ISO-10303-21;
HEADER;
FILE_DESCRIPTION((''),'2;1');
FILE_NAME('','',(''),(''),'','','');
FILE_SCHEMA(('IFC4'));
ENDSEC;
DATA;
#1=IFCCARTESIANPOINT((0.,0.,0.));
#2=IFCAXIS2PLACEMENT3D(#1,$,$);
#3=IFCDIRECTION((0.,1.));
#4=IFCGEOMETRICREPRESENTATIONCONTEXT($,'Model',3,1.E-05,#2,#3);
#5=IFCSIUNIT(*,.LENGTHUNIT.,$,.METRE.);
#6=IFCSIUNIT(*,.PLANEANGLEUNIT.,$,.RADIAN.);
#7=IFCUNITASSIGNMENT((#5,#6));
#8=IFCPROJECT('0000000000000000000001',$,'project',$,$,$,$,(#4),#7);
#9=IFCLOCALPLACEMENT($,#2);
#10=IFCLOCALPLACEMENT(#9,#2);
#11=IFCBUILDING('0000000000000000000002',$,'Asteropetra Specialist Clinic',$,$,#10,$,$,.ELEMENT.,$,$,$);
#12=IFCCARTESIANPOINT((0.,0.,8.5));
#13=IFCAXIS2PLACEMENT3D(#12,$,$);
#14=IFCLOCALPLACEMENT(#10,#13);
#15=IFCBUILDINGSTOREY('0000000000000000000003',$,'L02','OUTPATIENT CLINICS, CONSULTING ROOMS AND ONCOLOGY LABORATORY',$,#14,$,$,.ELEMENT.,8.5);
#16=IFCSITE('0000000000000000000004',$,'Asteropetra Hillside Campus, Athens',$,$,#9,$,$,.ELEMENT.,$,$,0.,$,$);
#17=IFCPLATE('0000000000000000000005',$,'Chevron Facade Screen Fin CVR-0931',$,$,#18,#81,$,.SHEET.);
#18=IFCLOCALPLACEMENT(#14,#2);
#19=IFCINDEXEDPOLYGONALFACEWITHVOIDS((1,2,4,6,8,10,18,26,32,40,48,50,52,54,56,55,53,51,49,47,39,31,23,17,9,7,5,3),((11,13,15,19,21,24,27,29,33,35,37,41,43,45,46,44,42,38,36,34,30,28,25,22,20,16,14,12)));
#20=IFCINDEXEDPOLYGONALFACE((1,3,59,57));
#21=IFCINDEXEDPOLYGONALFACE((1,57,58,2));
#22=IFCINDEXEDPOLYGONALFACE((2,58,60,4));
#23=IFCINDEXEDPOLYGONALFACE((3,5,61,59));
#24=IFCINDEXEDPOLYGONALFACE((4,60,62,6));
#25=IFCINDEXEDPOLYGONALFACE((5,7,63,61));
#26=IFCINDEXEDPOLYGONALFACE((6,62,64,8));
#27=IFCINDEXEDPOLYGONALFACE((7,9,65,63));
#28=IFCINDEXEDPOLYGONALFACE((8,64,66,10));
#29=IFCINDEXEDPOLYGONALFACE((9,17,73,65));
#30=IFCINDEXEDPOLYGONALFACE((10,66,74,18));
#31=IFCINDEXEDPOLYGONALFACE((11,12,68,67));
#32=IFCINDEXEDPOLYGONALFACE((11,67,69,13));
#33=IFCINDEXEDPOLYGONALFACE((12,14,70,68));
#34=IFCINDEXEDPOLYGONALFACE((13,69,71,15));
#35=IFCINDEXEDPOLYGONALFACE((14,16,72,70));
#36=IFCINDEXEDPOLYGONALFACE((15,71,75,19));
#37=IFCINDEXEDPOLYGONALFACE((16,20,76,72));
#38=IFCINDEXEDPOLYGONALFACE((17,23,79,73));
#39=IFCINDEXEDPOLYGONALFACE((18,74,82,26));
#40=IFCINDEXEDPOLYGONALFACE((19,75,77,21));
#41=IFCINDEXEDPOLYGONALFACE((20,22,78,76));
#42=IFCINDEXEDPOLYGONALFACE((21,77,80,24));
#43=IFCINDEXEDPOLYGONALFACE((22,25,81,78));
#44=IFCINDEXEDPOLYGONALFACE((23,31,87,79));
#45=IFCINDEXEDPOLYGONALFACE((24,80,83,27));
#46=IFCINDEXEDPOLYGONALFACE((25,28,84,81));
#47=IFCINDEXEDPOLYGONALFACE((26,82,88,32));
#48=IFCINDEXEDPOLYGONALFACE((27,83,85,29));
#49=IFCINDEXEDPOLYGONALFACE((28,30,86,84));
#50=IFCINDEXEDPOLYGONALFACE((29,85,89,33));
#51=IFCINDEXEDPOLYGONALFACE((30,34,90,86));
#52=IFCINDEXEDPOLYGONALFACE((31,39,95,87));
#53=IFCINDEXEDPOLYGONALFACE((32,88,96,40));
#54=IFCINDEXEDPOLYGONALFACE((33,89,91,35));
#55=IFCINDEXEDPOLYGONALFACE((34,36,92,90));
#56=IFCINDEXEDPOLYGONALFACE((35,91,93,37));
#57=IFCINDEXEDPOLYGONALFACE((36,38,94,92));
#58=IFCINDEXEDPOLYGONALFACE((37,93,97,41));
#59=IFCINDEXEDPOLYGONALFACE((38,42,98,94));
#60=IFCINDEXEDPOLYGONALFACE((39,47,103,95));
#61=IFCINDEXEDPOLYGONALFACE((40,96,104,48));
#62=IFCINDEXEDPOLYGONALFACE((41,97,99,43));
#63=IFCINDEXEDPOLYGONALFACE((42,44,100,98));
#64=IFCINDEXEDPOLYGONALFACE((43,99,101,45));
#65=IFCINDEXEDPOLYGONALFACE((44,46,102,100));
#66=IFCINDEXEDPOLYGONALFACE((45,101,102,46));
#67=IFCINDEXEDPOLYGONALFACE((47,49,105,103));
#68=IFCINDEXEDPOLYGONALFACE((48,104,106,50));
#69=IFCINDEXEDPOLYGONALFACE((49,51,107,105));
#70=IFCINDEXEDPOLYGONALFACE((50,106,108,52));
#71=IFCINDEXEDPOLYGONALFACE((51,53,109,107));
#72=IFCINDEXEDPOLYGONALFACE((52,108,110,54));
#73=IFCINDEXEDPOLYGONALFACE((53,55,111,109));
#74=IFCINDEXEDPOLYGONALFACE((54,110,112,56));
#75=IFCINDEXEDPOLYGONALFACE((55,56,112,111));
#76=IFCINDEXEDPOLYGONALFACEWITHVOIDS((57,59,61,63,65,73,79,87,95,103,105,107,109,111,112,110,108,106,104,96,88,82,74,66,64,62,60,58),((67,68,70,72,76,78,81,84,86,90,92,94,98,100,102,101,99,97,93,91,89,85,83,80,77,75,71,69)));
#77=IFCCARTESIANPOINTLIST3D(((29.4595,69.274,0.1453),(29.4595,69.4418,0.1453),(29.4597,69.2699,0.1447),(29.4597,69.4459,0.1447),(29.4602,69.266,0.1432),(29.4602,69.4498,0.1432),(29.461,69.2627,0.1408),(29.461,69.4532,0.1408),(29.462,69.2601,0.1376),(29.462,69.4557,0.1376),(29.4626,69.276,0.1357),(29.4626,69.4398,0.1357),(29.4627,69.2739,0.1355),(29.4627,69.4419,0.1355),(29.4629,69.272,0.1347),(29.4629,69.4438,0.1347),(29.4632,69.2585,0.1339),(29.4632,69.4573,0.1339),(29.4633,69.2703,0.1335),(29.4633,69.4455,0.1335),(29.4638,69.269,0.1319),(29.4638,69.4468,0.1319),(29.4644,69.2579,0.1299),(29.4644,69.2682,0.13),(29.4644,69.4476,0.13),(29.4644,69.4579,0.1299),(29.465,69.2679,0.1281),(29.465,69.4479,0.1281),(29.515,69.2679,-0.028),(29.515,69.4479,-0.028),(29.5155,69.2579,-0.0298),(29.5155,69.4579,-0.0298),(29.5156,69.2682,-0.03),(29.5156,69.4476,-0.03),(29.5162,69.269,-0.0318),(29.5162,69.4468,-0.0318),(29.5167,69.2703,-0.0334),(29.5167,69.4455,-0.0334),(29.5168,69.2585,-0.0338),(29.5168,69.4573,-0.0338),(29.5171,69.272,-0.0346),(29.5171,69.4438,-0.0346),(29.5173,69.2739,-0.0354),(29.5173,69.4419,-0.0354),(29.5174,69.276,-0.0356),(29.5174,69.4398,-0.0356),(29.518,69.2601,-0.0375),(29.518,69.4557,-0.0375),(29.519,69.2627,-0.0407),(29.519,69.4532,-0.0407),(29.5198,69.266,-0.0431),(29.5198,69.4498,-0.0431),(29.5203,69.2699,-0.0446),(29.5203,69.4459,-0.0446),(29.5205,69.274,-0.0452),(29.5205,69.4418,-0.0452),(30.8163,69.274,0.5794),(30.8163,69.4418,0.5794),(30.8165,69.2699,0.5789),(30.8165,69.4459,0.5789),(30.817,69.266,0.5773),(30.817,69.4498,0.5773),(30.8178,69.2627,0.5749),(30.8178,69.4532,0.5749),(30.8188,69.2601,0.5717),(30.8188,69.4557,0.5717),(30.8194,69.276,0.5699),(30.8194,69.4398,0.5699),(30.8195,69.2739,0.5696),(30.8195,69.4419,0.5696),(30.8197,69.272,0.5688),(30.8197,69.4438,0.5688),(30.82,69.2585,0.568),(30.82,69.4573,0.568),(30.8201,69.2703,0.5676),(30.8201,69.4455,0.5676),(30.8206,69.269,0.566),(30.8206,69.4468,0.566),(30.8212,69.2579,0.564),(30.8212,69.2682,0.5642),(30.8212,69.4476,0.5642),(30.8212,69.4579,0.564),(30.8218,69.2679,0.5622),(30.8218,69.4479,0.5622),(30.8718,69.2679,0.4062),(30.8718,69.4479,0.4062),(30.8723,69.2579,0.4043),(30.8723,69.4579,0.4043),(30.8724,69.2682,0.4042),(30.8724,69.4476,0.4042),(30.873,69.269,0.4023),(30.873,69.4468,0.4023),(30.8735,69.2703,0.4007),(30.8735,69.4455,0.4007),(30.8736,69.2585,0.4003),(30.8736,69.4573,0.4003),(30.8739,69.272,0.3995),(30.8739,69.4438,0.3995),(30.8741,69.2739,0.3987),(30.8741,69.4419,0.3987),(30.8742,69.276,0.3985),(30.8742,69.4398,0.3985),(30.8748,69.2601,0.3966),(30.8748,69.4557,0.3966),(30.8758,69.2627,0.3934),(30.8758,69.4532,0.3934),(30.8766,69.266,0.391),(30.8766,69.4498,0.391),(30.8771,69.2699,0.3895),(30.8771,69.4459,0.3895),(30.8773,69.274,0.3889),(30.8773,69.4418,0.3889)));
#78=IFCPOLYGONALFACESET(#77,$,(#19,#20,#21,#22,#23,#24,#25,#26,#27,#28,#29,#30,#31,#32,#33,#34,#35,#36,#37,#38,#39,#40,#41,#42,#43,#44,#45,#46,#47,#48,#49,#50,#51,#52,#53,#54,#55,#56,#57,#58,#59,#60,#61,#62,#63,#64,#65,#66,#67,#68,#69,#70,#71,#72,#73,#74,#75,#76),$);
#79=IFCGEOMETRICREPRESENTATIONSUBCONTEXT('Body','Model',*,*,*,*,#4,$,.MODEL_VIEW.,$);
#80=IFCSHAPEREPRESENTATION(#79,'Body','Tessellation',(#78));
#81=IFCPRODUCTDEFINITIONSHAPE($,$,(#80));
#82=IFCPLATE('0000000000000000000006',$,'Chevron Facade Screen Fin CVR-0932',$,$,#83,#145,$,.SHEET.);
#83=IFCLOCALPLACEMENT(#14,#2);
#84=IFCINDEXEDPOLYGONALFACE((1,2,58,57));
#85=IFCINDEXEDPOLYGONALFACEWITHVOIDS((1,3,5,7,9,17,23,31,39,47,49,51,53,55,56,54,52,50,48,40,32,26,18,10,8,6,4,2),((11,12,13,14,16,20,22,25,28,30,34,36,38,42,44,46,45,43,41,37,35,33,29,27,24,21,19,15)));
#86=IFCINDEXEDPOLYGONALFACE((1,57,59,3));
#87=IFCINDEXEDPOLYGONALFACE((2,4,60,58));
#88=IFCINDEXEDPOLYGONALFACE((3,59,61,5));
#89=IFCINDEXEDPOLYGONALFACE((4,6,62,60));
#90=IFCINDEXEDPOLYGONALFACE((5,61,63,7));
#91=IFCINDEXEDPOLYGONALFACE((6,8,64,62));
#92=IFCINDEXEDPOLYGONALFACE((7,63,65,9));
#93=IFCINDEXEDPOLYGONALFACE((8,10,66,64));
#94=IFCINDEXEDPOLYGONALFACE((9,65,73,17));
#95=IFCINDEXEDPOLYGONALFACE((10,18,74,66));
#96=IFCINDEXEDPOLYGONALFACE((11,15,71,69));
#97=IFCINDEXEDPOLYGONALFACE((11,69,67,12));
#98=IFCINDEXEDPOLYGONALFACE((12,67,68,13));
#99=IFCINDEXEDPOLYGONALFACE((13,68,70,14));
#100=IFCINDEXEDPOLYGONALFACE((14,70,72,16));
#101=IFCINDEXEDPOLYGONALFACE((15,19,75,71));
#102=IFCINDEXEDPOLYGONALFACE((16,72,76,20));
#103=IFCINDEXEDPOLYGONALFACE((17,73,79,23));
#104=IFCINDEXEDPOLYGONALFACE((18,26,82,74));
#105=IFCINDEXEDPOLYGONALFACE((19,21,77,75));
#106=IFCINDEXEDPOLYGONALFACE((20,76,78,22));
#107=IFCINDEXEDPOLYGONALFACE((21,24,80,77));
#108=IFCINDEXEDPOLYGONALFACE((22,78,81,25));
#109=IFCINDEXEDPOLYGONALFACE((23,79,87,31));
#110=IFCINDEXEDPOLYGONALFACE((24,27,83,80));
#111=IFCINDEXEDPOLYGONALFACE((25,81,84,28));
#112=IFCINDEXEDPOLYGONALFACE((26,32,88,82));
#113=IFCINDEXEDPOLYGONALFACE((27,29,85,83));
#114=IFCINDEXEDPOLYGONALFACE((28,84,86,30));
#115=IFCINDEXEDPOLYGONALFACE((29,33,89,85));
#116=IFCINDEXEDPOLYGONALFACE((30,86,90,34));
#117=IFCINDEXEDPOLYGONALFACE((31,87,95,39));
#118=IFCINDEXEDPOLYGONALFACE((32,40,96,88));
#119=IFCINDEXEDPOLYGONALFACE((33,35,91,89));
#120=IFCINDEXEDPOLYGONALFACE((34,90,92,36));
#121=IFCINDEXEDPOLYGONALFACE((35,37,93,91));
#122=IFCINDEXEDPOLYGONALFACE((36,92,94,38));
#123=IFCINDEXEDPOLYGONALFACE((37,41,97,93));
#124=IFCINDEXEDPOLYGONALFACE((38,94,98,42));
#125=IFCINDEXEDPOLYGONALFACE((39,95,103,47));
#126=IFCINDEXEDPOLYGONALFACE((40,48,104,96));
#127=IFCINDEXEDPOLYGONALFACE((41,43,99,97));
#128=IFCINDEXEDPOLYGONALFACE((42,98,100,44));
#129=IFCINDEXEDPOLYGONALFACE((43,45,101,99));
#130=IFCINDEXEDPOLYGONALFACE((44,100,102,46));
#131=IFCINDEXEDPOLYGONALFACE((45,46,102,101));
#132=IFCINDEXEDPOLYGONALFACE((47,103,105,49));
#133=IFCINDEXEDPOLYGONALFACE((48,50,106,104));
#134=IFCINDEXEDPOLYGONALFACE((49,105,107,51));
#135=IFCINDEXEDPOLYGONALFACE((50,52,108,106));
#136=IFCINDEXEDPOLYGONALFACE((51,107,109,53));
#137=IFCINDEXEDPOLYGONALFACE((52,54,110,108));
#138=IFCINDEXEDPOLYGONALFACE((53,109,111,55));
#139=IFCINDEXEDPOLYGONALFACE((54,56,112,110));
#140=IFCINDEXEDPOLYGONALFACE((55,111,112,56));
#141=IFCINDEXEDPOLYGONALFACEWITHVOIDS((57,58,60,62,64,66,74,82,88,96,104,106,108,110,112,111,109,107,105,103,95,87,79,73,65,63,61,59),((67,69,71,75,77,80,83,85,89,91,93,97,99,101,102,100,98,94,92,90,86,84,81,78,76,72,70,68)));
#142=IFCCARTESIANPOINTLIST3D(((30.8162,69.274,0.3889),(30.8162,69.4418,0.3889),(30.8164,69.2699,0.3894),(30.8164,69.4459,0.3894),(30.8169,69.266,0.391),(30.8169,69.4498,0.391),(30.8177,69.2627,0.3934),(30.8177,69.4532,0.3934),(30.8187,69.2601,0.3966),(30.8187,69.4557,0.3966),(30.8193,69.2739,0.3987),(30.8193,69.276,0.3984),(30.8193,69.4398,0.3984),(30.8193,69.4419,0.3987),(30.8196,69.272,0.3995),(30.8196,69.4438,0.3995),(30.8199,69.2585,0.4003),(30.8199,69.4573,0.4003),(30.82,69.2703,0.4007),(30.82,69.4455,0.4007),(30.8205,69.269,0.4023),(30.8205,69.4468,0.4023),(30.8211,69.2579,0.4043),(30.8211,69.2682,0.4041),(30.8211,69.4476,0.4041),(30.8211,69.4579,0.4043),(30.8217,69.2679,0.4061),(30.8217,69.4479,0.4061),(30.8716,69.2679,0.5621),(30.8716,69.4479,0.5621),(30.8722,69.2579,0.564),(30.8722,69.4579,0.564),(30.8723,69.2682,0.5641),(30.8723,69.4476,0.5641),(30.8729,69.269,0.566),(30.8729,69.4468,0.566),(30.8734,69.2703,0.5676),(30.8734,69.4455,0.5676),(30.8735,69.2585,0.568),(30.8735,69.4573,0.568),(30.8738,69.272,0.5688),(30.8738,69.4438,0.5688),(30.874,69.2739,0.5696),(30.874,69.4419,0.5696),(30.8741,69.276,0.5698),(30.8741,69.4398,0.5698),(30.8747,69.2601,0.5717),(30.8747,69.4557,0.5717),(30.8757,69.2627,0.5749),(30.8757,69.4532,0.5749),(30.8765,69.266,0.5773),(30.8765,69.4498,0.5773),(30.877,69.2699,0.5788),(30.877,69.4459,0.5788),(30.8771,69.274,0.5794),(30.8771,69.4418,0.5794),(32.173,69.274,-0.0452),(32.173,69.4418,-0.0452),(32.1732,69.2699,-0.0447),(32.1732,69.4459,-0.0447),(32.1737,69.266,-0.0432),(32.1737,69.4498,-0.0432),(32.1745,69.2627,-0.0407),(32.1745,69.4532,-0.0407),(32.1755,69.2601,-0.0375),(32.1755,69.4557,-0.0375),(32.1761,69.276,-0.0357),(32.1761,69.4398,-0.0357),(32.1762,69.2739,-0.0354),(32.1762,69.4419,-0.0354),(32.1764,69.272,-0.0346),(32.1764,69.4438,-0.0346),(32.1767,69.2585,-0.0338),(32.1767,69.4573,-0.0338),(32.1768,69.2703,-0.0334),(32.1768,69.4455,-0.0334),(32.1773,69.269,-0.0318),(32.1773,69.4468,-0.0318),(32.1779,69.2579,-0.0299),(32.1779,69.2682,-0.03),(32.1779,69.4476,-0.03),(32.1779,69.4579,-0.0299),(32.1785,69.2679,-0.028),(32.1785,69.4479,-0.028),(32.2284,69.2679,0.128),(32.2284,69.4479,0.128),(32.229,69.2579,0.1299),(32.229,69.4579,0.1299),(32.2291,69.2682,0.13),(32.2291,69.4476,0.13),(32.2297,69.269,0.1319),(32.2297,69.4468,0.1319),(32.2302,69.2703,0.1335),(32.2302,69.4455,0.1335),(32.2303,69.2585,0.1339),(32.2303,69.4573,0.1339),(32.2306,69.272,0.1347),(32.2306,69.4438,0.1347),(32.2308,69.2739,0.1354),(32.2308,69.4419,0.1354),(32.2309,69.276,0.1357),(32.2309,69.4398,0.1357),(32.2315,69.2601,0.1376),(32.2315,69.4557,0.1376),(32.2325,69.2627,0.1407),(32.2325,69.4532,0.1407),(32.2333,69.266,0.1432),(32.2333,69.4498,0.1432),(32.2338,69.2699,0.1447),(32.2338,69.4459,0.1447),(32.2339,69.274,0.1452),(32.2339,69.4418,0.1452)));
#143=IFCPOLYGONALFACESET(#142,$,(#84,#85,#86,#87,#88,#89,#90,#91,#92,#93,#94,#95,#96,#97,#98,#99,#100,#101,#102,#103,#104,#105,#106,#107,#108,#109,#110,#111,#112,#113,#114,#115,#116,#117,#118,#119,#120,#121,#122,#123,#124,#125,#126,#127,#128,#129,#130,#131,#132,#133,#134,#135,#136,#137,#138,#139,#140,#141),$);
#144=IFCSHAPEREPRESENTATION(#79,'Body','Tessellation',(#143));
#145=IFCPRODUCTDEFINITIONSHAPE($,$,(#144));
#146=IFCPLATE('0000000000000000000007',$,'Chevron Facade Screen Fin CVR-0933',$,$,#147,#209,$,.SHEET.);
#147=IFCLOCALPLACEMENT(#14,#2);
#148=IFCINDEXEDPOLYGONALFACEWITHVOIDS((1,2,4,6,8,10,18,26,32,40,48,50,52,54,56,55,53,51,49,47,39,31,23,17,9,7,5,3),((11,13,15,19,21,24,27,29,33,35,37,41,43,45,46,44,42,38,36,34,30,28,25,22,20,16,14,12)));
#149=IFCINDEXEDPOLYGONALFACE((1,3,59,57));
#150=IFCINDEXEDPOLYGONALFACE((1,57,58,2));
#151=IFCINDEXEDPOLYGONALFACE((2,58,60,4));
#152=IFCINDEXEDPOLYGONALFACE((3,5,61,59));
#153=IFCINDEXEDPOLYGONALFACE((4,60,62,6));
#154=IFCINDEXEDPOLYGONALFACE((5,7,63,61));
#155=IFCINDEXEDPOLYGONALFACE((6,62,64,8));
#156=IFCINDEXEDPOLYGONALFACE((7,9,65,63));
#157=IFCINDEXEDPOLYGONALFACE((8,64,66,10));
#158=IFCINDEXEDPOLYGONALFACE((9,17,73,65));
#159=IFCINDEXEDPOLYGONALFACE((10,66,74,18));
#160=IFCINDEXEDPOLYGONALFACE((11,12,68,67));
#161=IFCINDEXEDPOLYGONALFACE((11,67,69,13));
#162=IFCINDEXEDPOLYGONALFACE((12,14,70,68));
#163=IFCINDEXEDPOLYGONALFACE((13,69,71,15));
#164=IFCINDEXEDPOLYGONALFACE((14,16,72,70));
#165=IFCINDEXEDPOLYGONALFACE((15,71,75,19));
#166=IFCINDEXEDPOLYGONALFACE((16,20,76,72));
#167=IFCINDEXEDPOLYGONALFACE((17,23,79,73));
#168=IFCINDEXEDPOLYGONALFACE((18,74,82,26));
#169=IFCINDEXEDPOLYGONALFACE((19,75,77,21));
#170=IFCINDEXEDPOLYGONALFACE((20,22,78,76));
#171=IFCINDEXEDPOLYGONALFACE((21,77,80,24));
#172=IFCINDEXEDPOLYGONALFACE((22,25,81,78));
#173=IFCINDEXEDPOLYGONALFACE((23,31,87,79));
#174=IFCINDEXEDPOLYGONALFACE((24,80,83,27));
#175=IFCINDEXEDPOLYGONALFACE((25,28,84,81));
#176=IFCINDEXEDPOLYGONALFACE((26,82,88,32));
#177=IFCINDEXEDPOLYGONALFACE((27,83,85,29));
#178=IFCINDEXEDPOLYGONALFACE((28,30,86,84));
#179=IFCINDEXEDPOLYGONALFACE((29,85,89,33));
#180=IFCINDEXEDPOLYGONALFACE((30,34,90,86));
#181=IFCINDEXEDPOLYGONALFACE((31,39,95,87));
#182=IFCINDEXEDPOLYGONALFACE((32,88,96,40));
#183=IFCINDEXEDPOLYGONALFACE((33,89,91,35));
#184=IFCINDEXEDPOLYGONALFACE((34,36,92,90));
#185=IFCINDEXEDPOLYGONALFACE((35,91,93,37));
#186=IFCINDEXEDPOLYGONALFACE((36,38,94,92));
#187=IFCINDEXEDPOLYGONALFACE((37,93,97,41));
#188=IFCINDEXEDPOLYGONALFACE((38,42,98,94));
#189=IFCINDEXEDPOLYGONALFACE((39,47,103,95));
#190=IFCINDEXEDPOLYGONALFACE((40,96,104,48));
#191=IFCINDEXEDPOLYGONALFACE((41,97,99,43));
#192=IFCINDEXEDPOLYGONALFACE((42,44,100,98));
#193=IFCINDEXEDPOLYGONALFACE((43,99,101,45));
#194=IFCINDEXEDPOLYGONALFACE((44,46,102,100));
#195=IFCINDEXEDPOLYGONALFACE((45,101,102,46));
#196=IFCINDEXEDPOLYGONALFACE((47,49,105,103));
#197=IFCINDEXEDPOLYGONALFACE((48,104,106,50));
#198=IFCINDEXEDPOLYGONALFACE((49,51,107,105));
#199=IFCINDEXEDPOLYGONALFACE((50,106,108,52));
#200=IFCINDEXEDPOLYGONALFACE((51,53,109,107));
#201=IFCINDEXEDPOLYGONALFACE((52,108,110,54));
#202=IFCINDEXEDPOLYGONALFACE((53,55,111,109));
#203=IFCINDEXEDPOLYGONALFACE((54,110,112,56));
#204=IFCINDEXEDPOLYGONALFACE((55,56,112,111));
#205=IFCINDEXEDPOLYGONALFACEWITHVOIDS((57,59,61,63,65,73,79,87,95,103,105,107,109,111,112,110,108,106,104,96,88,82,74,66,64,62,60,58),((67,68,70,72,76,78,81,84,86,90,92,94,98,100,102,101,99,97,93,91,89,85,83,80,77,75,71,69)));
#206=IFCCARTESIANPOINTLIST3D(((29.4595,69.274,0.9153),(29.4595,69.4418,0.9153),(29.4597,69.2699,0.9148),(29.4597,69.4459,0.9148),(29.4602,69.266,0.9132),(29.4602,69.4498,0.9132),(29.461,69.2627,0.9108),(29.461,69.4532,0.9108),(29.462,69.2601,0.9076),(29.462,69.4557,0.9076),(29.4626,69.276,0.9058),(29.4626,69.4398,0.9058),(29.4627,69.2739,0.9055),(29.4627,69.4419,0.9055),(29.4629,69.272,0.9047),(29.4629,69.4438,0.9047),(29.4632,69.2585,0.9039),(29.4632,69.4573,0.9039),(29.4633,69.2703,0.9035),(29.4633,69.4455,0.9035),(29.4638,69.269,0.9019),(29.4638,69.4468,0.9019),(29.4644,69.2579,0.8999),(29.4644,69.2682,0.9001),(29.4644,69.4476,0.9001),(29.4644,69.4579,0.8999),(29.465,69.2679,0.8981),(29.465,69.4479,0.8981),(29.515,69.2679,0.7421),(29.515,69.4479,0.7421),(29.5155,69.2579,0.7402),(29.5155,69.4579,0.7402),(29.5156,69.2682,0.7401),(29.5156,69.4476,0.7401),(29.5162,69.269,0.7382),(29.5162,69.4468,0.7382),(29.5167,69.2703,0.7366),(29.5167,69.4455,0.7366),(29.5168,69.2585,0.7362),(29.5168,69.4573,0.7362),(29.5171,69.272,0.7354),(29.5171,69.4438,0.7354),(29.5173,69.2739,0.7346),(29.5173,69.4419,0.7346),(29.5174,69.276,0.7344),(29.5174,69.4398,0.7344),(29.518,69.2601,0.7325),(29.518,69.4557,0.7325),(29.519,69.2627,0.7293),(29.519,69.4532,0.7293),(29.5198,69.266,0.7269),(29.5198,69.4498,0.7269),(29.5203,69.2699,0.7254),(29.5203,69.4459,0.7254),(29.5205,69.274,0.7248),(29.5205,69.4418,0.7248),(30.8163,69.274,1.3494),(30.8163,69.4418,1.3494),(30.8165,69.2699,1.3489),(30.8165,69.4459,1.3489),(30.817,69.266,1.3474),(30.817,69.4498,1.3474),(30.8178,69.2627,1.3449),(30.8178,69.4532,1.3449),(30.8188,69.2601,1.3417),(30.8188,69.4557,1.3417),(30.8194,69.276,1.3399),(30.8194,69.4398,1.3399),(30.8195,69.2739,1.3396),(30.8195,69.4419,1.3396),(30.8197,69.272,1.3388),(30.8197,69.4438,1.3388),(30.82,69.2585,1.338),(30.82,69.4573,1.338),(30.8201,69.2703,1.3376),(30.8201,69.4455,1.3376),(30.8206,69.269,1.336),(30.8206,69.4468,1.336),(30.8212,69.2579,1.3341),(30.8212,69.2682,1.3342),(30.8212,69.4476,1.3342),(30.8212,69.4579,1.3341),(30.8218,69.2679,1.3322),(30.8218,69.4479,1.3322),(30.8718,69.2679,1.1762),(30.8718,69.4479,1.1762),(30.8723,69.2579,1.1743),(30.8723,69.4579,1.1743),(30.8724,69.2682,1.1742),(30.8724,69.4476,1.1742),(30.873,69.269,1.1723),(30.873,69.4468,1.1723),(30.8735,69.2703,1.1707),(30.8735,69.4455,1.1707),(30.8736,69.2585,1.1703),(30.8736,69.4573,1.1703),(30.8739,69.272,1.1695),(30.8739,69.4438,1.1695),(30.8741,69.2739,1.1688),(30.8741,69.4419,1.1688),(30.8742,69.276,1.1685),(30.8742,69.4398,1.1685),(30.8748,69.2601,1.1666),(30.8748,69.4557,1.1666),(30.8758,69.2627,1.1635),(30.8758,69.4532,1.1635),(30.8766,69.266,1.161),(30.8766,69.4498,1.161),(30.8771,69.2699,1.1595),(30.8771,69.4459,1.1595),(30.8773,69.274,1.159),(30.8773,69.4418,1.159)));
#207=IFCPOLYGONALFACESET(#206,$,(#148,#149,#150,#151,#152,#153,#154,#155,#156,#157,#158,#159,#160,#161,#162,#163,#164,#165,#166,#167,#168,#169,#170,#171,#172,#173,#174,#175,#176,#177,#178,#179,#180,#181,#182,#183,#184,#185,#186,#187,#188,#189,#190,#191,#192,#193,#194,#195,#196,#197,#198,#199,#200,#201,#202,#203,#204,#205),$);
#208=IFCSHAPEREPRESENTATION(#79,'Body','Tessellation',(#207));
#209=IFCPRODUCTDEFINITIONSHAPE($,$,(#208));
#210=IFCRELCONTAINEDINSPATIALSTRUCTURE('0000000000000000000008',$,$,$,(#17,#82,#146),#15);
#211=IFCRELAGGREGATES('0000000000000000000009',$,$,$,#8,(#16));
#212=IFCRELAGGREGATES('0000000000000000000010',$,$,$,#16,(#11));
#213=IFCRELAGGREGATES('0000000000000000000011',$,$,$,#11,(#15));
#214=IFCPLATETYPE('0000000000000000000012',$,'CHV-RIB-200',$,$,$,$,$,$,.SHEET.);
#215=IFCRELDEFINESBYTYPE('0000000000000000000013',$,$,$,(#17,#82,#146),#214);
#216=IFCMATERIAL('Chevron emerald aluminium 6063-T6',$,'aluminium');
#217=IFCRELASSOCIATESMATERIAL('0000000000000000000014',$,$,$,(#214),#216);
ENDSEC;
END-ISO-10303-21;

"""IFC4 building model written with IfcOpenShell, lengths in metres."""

from ifc_helpers import new_model, si_unit, direction, frame, origin, origin_2d, place, context, subcontext, project, spatial, hollow_rectangle, extrude, material, material_profile, profile_set, type_object, element, save


model = new_model("IFC4")

# Units and contexts
model_context = context("Model", 3, precision=1e-05, world=origin(), true_north=direction((0.0, 1.0)))
body_context = subcontext(model_context, "Body", "Model", "MODEL_VIEW")
ifc_project = project(units=[si_unit("LENGTHUNIT", "METRE"), si_unit("PLANEANGLEUNIT", "RADIAN")], contexts=[model_context])

# Site, building, storey
site_placement = place(None, origin())
site = spatial("IfcSite", under=ifc_project, at=site_placement, Name="Asteropetra Hillside Campus, Athens", CompositionType="ELEMENT", RefElevation=0.0)
building_placement = place(site_placement, origin())
building = spatial("IfcBuilding", under=site, at=building_placement, Name="Asteropetra Specialist Clinic", CompositionType="ELEMENT")
storey_placement = place(building_placement, frame((0.0, 0.0, 8.5)))
storey = spatial("IfcBuildingStorey", under=building, at=storey_placement, Name="L02", Description="OUTPATIENT CLINICS, CONSULTING ROOMS AND ONCOLOGY LABORATORY", CompositionType="ELEMENT", Elevation=8.5)

# Plates
ifc_material = material(Name="Chevron emerald aluminium 6063-T6", Category="aluminium")
ifc_material_profile = material_profile(ifc_material, hollow_rectangle(XDim=0.2, YDim=0.2, WallThickness=0.01, InnerFilletRadius=0.0081, OuterFilletRadius=0.0161, at=origin_2d()), Name="SHS 200x200x10.0")
ifc_profile_set = profile_set([ifc_material_profile], Name="Chevron emerald aluminium 6063-T6")
plate_type = type_object("IfcPlateType", Name="CHV-RIB-200", PredefinedType="SHEET", material=ifc_profile_set)
for number, where, z_axis, x_axis, name in (
    (1, (29.49, 69.3579, 0.05), (0.952436, 0.0, 0.304738), (0.0, 1.0, 0.0), "Chevron Facade Screen Fin CVR-0931"),
    (2, (30.8467, 69.3579, 0.4841), (0.952436, 0.0, -0.304738), (0.0, 1.0, 0.0), "Chevron Facade Screen Fin CVR-0932"),
    (3, (29.49, 69.3579, 0.8201), (0.952436, 0.0, 0.304738), (0.0, 1.0, 0.0), "Chevron Facade Screen Fin CVR-0933"),
):
    element("IfcPlate", number, at=place(storey_placement, frame(where, z_axis=z_axis, x_axis=x_axis)), inside=storey, type_object=plate_type, Name=name, PredefinedType="SHEET", context=body_context, shape_type="SweptSolid", body=[
        extrude(hollow_rectangle(XDim=0.2, YDim=0.2, WallThickness=0.01, InnerFilletRadius=0.0081, OuterFilletRadius=0.0161, at=origin_2d()), origin(), (0.0, 0.0, 1.0), 1.4246),
    ])

save(model, "model.ifc")
